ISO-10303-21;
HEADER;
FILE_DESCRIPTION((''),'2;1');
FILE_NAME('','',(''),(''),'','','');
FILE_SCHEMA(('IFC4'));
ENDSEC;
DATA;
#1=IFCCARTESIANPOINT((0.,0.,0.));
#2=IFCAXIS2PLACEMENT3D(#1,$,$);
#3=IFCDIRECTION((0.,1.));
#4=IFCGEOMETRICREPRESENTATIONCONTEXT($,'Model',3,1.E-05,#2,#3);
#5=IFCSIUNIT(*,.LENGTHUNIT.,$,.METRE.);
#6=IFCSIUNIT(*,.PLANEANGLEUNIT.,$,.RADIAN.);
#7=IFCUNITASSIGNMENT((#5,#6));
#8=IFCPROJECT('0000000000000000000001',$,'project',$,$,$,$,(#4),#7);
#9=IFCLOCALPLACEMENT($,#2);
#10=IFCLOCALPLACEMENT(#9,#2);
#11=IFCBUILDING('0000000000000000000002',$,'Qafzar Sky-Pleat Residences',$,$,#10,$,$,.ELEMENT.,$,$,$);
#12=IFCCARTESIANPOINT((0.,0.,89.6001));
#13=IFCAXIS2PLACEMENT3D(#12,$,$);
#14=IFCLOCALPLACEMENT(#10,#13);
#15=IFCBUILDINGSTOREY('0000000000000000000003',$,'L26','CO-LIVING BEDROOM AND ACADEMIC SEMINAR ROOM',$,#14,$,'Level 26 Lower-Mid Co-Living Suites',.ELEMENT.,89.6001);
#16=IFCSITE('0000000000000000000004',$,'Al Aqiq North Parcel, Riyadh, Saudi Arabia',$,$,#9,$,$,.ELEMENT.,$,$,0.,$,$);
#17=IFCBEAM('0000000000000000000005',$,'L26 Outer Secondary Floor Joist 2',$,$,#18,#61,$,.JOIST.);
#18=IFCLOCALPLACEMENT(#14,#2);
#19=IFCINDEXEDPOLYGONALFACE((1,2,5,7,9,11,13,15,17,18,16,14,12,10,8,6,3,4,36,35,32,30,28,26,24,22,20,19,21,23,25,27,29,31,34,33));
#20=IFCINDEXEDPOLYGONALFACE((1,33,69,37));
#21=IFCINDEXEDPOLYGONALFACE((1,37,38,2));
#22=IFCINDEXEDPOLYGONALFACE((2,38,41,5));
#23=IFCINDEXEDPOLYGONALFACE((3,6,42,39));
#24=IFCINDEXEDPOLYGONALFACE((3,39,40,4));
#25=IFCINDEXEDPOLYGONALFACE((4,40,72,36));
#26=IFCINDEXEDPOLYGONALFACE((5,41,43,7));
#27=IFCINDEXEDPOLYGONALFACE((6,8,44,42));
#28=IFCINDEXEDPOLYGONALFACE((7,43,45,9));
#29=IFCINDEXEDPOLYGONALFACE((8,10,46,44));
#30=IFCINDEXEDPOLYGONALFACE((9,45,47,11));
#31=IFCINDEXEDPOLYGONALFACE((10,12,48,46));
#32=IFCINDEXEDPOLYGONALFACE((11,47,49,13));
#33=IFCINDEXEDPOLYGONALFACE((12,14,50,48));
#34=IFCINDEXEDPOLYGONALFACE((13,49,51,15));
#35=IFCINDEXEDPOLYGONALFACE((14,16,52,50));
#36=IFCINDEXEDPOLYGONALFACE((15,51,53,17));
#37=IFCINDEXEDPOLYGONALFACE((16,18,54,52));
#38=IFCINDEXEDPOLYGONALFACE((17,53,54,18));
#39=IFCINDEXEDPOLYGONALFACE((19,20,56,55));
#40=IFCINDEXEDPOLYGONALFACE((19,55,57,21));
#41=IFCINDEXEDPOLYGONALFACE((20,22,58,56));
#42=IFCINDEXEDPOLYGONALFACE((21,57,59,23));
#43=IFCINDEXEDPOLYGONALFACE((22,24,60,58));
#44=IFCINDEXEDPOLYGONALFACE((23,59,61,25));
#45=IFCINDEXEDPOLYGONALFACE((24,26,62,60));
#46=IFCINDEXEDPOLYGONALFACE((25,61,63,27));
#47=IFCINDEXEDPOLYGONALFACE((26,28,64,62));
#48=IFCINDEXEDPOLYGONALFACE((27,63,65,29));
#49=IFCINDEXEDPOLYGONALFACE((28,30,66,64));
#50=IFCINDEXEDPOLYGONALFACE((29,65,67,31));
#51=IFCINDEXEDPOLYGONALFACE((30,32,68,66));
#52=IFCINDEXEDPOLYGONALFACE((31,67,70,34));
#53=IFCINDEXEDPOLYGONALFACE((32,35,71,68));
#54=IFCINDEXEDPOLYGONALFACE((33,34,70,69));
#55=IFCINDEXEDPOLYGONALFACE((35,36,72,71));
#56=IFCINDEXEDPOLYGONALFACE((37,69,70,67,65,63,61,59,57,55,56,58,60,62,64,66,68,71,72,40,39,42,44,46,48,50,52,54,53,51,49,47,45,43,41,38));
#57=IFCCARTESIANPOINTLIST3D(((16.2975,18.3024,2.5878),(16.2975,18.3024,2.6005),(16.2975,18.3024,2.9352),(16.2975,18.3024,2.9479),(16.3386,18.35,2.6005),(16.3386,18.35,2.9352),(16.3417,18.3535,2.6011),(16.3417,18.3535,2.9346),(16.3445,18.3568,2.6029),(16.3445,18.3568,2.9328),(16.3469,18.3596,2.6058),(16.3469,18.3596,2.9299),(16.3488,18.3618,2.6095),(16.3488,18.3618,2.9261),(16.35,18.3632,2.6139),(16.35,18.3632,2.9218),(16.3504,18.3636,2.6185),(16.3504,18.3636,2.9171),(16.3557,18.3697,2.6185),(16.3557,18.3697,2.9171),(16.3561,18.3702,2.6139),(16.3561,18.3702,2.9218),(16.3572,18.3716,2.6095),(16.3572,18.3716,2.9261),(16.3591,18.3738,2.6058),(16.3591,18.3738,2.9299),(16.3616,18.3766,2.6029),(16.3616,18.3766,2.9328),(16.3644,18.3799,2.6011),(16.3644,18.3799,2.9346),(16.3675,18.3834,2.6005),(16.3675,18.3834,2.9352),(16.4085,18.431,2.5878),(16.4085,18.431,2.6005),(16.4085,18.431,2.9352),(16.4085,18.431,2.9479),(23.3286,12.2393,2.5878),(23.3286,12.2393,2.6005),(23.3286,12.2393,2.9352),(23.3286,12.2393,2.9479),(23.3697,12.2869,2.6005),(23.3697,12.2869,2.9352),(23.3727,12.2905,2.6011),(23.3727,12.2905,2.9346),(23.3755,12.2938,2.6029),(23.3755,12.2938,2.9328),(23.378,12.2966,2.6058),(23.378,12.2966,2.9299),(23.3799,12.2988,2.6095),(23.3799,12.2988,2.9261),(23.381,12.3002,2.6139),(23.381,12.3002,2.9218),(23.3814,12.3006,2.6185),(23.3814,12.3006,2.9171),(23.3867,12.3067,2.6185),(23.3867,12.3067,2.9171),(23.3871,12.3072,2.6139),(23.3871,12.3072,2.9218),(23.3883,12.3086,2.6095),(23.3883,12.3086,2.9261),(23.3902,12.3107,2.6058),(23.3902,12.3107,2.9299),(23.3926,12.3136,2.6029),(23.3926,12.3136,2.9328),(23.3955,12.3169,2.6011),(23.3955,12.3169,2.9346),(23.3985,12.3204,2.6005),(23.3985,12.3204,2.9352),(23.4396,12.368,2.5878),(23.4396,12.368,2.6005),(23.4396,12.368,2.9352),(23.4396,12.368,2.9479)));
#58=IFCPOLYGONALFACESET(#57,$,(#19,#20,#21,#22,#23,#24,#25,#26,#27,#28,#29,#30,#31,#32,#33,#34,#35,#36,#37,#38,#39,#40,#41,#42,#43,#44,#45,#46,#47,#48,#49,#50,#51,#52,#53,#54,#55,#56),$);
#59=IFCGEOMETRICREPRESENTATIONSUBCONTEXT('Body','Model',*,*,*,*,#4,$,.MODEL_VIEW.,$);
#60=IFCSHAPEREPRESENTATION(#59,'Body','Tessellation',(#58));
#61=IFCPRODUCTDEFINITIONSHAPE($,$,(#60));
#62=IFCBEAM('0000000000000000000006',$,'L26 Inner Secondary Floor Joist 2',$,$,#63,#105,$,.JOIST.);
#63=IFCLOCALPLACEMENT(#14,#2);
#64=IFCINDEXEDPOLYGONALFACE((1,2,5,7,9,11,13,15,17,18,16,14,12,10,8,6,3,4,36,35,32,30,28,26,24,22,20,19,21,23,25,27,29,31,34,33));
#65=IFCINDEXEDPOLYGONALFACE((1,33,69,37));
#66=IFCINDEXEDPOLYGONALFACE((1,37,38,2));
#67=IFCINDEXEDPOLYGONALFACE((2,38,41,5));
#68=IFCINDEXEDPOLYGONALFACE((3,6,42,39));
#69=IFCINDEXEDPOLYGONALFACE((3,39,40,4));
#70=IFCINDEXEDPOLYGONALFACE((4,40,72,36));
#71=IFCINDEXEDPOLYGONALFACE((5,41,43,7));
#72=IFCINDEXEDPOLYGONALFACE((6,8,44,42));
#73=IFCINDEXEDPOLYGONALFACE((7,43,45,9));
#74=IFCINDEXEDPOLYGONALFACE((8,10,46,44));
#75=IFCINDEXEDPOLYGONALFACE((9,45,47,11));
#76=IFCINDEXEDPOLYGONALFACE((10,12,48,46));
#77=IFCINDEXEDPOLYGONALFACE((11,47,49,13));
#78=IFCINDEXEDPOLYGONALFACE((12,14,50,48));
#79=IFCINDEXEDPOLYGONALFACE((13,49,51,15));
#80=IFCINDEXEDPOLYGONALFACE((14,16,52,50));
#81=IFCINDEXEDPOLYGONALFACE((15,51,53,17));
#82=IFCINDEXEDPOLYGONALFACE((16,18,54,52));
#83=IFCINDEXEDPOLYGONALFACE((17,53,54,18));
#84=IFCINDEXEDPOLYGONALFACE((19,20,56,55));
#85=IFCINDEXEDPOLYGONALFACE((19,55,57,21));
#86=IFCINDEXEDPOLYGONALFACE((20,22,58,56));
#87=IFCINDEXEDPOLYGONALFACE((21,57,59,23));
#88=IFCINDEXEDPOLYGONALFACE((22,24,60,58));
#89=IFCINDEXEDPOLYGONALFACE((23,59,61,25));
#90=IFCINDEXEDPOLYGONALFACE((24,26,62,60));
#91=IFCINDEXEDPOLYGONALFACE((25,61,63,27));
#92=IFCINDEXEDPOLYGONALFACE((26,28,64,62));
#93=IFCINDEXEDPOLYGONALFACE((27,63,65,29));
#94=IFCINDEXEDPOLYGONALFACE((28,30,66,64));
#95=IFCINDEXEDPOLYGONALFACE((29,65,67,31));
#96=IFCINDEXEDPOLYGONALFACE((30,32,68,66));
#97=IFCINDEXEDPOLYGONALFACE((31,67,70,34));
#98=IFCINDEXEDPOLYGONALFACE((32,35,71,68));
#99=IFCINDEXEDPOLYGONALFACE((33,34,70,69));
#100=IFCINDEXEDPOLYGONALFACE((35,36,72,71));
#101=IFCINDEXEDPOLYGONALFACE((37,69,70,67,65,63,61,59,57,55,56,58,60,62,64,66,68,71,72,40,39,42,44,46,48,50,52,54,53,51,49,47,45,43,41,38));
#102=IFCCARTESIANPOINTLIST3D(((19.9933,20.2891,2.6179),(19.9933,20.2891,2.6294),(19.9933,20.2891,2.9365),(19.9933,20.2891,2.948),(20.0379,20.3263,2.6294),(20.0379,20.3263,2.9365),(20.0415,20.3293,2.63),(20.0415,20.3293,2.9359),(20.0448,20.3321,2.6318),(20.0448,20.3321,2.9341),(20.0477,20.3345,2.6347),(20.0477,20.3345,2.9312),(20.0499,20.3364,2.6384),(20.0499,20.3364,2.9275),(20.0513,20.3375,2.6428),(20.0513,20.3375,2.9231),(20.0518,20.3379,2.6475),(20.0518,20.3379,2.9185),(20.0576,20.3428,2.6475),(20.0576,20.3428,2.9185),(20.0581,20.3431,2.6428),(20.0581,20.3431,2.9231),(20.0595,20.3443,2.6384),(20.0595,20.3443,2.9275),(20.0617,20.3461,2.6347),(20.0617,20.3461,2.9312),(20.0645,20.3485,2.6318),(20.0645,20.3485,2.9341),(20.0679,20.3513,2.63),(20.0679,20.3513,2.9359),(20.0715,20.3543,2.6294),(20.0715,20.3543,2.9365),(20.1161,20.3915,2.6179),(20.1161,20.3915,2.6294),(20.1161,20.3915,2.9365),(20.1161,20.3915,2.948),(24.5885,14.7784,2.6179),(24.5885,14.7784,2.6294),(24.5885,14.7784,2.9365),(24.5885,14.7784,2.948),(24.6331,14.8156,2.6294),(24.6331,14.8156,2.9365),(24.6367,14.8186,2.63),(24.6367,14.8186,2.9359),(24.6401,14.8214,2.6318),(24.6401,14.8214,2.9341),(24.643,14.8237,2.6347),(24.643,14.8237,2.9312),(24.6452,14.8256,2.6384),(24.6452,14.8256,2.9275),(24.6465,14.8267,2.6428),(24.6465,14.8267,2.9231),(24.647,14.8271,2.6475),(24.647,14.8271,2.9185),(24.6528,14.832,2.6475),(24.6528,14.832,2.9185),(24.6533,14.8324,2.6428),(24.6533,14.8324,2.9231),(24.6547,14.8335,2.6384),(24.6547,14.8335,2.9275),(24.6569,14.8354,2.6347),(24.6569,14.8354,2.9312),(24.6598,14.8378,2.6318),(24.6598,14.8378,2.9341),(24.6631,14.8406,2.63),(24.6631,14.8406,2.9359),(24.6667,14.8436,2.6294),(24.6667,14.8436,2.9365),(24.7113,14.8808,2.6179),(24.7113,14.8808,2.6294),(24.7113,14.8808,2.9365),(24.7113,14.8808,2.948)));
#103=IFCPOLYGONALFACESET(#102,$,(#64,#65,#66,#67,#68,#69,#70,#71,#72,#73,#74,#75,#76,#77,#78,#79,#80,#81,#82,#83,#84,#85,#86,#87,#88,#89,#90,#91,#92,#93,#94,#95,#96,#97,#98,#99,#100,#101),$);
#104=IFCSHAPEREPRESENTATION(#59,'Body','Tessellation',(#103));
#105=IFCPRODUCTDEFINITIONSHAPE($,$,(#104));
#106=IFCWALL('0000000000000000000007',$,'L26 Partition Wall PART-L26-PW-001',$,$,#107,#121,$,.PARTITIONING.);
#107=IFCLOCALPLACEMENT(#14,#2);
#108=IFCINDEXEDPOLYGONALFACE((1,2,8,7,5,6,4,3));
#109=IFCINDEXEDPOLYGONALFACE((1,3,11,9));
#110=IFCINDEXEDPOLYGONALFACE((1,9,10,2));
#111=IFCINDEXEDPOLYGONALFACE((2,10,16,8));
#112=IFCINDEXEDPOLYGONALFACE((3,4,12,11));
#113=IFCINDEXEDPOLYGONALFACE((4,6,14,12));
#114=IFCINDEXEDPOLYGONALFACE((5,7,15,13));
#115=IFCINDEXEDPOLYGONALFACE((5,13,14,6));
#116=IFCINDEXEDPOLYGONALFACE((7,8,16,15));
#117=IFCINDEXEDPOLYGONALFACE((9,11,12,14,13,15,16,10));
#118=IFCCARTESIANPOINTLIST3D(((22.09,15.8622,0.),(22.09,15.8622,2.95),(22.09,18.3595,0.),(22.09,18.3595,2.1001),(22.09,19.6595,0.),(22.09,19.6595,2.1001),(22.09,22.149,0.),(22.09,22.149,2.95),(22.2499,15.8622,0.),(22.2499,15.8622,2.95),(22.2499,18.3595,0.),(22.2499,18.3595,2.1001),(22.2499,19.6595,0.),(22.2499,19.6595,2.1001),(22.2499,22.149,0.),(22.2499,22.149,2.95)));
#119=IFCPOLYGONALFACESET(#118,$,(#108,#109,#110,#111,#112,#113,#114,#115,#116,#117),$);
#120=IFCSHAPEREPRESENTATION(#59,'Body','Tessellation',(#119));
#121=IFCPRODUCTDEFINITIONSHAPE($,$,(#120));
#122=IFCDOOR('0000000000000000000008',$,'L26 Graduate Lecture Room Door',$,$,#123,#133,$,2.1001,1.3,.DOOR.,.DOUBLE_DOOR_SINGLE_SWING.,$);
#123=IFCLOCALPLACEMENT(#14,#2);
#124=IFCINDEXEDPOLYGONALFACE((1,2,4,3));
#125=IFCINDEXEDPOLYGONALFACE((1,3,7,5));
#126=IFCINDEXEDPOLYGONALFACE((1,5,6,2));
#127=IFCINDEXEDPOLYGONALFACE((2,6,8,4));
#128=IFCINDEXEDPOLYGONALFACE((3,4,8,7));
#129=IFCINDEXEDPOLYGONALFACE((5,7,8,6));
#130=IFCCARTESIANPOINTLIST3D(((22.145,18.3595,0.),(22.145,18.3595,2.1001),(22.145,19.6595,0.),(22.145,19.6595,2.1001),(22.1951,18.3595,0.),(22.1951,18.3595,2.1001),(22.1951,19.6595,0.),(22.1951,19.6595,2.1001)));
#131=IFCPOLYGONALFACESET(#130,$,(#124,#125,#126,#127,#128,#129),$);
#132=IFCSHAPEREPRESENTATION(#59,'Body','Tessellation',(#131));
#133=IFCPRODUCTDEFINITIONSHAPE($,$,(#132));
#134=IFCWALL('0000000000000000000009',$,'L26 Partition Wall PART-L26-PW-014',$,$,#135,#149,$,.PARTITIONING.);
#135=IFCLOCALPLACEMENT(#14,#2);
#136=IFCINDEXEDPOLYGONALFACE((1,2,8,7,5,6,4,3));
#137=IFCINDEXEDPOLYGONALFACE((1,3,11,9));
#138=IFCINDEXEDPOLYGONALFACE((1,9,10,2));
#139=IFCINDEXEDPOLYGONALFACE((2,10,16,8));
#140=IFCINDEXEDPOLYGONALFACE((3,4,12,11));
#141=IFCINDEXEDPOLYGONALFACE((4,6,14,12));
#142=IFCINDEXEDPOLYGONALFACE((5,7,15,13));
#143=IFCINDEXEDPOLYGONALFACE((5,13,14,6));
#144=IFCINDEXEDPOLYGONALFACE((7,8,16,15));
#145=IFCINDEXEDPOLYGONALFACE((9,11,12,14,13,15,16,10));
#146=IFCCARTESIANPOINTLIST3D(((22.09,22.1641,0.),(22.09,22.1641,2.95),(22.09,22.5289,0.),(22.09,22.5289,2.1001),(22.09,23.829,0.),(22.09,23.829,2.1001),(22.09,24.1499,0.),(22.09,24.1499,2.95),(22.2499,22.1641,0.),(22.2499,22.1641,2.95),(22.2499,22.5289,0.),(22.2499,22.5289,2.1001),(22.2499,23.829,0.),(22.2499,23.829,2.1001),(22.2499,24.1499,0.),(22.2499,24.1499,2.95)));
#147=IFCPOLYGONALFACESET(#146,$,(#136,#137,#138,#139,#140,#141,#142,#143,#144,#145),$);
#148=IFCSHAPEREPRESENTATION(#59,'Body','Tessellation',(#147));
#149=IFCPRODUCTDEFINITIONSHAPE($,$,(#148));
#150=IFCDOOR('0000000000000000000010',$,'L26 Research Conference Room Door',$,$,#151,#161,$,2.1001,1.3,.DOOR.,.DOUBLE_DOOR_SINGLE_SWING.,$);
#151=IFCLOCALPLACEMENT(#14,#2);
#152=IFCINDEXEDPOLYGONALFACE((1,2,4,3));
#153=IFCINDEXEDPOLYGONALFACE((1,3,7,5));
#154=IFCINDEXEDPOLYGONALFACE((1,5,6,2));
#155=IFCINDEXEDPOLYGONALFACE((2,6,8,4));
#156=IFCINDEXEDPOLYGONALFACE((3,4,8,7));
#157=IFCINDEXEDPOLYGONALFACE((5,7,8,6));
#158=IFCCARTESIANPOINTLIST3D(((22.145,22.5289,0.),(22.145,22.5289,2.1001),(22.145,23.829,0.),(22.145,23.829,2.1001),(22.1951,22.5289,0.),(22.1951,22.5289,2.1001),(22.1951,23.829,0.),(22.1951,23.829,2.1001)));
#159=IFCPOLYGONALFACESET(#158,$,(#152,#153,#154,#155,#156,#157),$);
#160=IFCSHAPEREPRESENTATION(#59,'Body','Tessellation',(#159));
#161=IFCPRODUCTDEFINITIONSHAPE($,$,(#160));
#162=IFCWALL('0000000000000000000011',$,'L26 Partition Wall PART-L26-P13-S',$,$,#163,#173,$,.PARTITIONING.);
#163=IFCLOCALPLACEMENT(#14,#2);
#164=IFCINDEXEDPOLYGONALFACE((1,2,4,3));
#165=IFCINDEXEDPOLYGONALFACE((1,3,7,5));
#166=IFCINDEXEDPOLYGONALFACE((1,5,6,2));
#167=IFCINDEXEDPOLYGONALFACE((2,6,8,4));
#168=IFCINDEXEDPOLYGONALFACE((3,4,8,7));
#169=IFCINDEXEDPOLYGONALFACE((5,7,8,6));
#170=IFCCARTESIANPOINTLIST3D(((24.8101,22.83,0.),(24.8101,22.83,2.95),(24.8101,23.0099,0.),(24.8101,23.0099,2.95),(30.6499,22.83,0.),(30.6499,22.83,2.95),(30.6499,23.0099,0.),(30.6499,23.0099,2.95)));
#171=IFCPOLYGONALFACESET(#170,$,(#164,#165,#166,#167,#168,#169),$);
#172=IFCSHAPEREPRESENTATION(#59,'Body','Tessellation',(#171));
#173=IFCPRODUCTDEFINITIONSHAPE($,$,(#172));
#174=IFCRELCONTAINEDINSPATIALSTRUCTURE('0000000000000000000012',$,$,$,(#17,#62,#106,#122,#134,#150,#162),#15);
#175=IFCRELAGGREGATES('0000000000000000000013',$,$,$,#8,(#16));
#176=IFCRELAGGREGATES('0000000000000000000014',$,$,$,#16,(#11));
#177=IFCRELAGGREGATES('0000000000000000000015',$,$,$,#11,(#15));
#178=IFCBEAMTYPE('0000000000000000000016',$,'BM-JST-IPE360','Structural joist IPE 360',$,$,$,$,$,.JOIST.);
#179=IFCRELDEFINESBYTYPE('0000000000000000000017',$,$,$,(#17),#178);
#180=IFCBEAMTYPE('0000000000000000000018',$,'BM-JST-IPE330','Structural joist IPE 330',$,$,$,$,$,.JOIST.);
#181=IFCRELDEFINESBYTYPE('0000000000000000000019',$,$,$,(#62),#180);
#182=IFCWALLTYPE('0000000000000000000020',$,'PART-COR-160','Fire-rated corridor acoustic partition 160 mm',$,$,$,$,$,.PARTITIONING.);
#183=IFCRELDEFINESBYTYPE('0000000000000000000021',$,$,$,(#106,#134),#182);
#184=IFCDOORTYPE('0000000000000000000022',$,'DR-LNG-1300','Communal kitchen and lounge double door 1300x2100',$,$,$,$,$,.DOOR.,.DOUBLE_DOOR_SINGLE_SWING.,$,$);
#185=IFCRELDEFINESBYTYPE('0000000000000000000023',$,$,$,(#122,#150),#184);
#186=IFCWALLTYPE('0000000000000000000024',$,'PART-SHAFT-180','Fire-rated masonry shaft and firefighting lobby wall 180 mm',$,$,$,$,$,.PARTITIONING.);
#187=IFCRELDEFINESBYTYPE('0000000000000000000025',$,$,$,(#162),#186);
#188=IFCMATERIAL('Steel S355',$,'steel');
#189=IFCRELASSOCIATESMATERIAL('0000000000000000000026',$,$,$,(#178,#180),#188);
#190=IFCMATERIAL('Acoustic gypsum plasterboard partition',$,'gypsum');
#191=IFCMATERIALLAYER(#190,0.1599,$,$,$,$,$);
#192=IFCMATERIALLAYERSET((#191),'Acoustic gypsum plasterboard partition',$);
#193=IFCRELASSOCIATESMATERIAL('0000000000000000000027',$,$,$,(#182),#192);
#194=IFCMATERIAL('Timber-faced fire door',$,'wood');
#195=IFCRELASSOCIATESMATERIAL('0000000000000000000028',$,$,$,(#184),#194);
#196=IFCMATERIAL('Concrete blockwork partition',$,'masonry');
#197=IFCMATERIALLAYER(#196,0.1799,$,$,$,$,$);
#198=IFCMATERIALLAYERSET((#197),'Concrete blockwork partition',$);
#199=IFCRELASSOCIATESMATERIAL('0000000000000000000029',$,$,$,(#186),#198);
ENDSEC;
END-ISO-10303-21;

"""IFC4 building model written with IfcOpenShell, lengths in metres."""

from ifc_helpers import new_model, si_unit, direction, frame, frame_2d, origin, origin_2d, place, context, subcontext, project, spatial, rectangle, i_section, extrude, source, transform, mapped, material, layer, layer_set, material_profile, profile_set, type_object, element, fill, save


model = new_model("IFC4")

# Units and contexts
model_context = context("Model", 3, precision=1e-05, world=origin(), true_north=direction((0.0, 1.0)))
body_context = subcontext(model_context, "Body", "Model", "MODEL_VIEW")
ifc_project = project(units=[si_unit("LENGTHUNIT", "METRE"), si_unit("PLANEANGLEUNIT", "RADIAN")], contexts=[model_context])

# Site, building, storey
site_placement = place(None, origin())
site = spatial("IfcSite", under=ifc_project, at=site_placement, Name="Al Aqiq North Parcel, Riyadh, Saudi Arabia", CompositionType="ELEMENT", RefElevation=0.0)
building_placement = place(site_placement, origin())
building = spatial("IfcBuilding", under=site, at=building_placement, Name="Qafzar Sky-Pleat Residences", CompositionType="ELEMENT")
storey_placement = place(building_placement, frame((0.0, 0.0, 89.6001)))
storey = spatial("IfcBuildingStorey", under=building, at=storey_placement, Name="L26", Description="CO-LIVING BEDROOM AND ACADEMIC SEMINAR ROOM", LongName="Level 26 Lower-Mid Co-Living Suites", CompositionType="ELEMENT", Elevation=89.6001)

# Beams
ifc_material_1 = material(Name="Steel S355", Category="steel")
ifc_material_profile_1 = material_profile(ifc_material_1, i_section(OverallWidth=0.1699, OverallDepth=0.3601, WebThickness=0.0081, FlangeThickness=0.0127, FilletRadius=0.0181, at=origin_2d()), Name="IPE 360")
ifc_profile_set_1 = profile_set([ifc_material_profile_1], Name="Steel S355")
beam_type_1 = type_object("IfcBeamType", Name="BM-JST-IPE360", Description="Structural joist IPE 360", PredefinedType="JOIST", material=ifc_profile_set_1)
shared_shape_1 = source(origin(), body_context, "Body", "SweptSolid", [
    extrude(i_section(OverallWidth=0.1699, OverallDepth=0.3601, WebThickness=0.0081, FlangeThickness=0.0127, FilletRadius=0.0181, at=origin_2d()), origin(), (0.0, 0.0, 1.0), 9.2842),
])
beam_1_placement = place(storey_placement, frame((16.353, 18.3667, 2.7678), z_axis=(0.757315, -0.653049, 0.0), x_axis=(0.653049, 0.757315, 0.0)))
element("IfcBeam", 1, at=beam_1_placement, inside=storey, type_object=beam_type_1, Name="L26 Outer Secondary Floor Joist 2", PredefinedType="JOIST", context=body_context, shape_type="MappedRepresentation", body=[
    mapped(shared_shape_1, transform((0.0, 0.0, 0.0), x_axis=(1.0, 0.0, 0.0), y_axis=(0.0, 1.0, 0.0), z_axis=(0.0, 0.0, 1.0), scale=1.0)),
])
ifc_material_profile_2 = material_profile(ifc_material_1, i_section(OverallWidth=0.1599, OverallDepth=0.3301, WebThickness=0.0076, FlangeThickness=0.0115, FilletRadius=0.0181, at=origin_2d()), Name="IPE 330")
ifc_profile_set_2 = profile_set([ifc_material_profile_2], Name="Steel S355")
beam_type_2 = type_object("IfcBeamType", Name="BM-JST-IPE330", Description="Structural joist IPE 330", PredefinedType="JOIST", material=ifc_profile_set_2)
shared_shape_2 = source(origin(), body_context, "Body", "SweptSolid", [
    extrude(i_section(OverallWidth=0.1599, OverallDepth=0.3301, WebThickness=0.0076, FlangeThickness=0.0115, FilletRadius=0.0181, at=origin_2d()), origin(), (0.0, 0.0, 1.0), 7.1753),
])
beam_2_placement = place(storey_placement, frame((20.0547, 20.3403, 2.783), z_axis=(0.640425, -0.76802, 0.0), x_axis=(0.76802, 0.640425, 0.0)))
element("IfcBeam", 2, at=beam_2_placement, inside=storey, type_object=beam_type_2, Name="L26 Inner Secondary Floor Joist 2", PredefinedType="JOIST", context=body_context, shape_type="MappedRepresentation", body=[
    mapped(shared_shape_2, transform((0.0, 0.0, 0.0), x_axis=(1.0, 0.0, 0.0), y_axis=(0.0, 1.0, 0.0), z_axis=(0.0, 0.0, 1.0), scale=1.0)),
])

# Walls, openings, doors
ifc_material_2 = material(Name="Acoustic gypsum plasterboard partition", Category="gypsum")
ifc_layer_1 = layer(ifc_material_2, 0.1599)
ifc_layer_set_1 = layer_set([ifc_layer_1], Name="Acoustic gypsum plasterboard partition")
wall_type_1 = type_object("IfcWallType", Name="PART-COR-160", Description="Fire-rated corridor acoustic partition 160 mm", PredefinedType="PARTITIONING", material=ifc_layer_set_1)
wall_1_placement = place(storey_placement, frame((22.1699, 15.8621, 0.0), z_axis=(0.0, 0.0, 1.0), x_axis=(0.0, 1.0, 0.0)))
wall_1 = element("IfcWall", 3, at=wall_1_placement, inside=storey, type_object=wall_type_1, Name="L26 Partition Wall PART-L26-PW-001", PredefinedType="PARTITIONING", context=body_context, shape_type="SweptSolid", body=[
    extrude(rectangle(XDim=6.2869, YDim=0.1599, at=frame_2d((3.1436, 0.0))), origin(), (0.0, 0.0, 1.0), 2.95),
])
opening_1_placement = place(wall_1_placement, frame((2.4976, 0.0, 0.0)))
opening_1 = element("IfcOpeningElement", 4, at=opening_1_placement, cuts=wall_1, PredefinedType="OPENING", context=body_context, shape_type="SweptSolid", body=[
    extrude(rectangle(XDim=1.3, YDim=2.1001, at=frame_2d((0.6499, 1.05))), frame((0.0, 0.0898, 0.0), z_axis=(0.0, -1.0, 0.0), x_axis=(1.0, 0.0, 0.0)), (0.0, 0.0, 1.0), 0.1799),
])
ifc_material_3 = material(Name="Timber-faced fire door", Category="wood")
door_type_1 = type_object("IfcDoorType", Name="DR-LNG-1300", Description="Communal kitchen and lounge double door 1300x2100", OperationType="DOUBLE_DOOR_SINGLE_SWING", PredefinedType="DOOR", material=ifc_material_3)
shared_shape_3 = source(origin(), body_context, "Body", "SweptSolid", [
    extrude(rectangle(XDim=1.3, YDim=2.1001, at=frame_2d((0.6499, 1.05))), frame((0.0, 0.0249, 0.0), z_axis=(0.0, -1.0, 0.0), x_axis=(1.0, 0.0, 0.0)), (0.0, 0.0, 1.0), 0.05),
])
door_1_placement = place(opening_1_placement, origin())
door_1 = element("IfcDoor", 5, at=door_1_placement, inside=storey, type_object=door_type_1, Name="L26 Graduate Lecture Room Door", OperationType="DOUBLE_DOOR_SINGLE_SWING", OverallHeight=2.1001, OverallWidth=1.3, PredefinedType="DOOR", context=body_context, shape_type="MappedRepresentation", body=[
    mapped(shared_shape_3, transform((0.0, 0.0, 0.0), x_axis=(1.0, 0.0, 0.0), y_axis=(0.0, 1.0, 0.0), z_axis=(0.0, 0.0, 1.0), scale=1.0)),
])
fill(opening_1, door_1)
wall_2_placement = place(storey_placement, frame((22.1699, 22.1641, 0.0), z_axis=(0.0, 0.0, 1.0), x_axis=(0.0, 1.0, 0.0)))
wall_2 = element("IfcWall", 6, at=wall_2_placement, inside=storey, type_object=wall_type_1, Name="L26 Partition Wall PART-L26-PW-014", PredefinedType="PARTITIONING", context=body_context, shape_type="SweptSolid", body=[
    extrude(rectangle(XDim=1.9858, YDim=0.1599, at=frame_2d((0.9929, 0.0))), origin(), (0.0, 0.0, 1.0), 2.95),
])
opening_2_placement = place(wall_2_placement, frame((0.365, 0.0, 0.0)))
opening_2 = element("IfcOpeningElement", 7, at=opening_2_placement, cuts=wall_2, PredefinedType="OPENING", context=body_context, shape_type="SweptSolid", body=[
    extrude(rectangle(XDim=1.3, YDim=2.1001, at=frame_2d((0.6499, 1.05))), frame((0.0, 0.0898, 0.0), z_axis=(0.0, -1.0, 0.0), x_axis=(1.0, 0.0, 0.0)), (0.0, 0.0, 1.0), 0.1799),
])
door_2_placement = place(opening_2_placement, origin())
door_2 = element("IfcDoor", 8, at=door_2_placement, inside=storey, type_object=door_type_1, Name="L26 Research Conference Room Door", OperationType="DOUBLE_DOOR_SINGLE_SWING", OverallHeight=2.1001, OverallWidth=1.3, PredefinedType="DOOR", context=body_context, shape_type="MappedRepresentation", body=[
    mapped(shared_shape_3, transform((0.0, 0.0, 0.0), x_axis=(1.0, 0.0, 0.0), y_axis=(0.0, 1.0, 0.0), z_axis=(0.0, 0.0, 1.0), scale=1.0)),
])
fill(opening_2, door_2)

# Wall
ifc_material_4 = material(Name="Concrete blockwork partition", Category="masonry")
ifc_layer_2 = layer(ifc_material_4, 0.1799)
ifc_layer_set_2 = layer_set([ifc_layer_2], Name="Concrete blockwork partition")
wall_type_2 = type_object("IfcWallType", Name="PART-SHAFT-180", Description="Fire-rated masonry shaft and firefighting lobby wall 180 mm", PredefinedType="PARTITIONING", material=ifc_layer_set_2)
wall_3_placement = place(storey_placement, frame((24.8101, 22.9199, 0.0), z_axis=(0.0, 0.0, 1.0), x_axis=(1.0, 0.0, 0.0)))
element("IfcWall", 9, at=wall_3_placement, inside=storey, type_object=wall_type_2, Name="L26 Partition Wall PART-L26-P13-S", PredefinedType="PARTITIONING", context=body_context, shape_type="SweptSolid", body=[
    extrude(rectangle(XDim=5.8398, YDim=0.1799, at=frame_2d((2.9199, 0.0))), origin(), (0.0, 0.0, 1.0), 2.95),
])

save(model, "model.ifc")
